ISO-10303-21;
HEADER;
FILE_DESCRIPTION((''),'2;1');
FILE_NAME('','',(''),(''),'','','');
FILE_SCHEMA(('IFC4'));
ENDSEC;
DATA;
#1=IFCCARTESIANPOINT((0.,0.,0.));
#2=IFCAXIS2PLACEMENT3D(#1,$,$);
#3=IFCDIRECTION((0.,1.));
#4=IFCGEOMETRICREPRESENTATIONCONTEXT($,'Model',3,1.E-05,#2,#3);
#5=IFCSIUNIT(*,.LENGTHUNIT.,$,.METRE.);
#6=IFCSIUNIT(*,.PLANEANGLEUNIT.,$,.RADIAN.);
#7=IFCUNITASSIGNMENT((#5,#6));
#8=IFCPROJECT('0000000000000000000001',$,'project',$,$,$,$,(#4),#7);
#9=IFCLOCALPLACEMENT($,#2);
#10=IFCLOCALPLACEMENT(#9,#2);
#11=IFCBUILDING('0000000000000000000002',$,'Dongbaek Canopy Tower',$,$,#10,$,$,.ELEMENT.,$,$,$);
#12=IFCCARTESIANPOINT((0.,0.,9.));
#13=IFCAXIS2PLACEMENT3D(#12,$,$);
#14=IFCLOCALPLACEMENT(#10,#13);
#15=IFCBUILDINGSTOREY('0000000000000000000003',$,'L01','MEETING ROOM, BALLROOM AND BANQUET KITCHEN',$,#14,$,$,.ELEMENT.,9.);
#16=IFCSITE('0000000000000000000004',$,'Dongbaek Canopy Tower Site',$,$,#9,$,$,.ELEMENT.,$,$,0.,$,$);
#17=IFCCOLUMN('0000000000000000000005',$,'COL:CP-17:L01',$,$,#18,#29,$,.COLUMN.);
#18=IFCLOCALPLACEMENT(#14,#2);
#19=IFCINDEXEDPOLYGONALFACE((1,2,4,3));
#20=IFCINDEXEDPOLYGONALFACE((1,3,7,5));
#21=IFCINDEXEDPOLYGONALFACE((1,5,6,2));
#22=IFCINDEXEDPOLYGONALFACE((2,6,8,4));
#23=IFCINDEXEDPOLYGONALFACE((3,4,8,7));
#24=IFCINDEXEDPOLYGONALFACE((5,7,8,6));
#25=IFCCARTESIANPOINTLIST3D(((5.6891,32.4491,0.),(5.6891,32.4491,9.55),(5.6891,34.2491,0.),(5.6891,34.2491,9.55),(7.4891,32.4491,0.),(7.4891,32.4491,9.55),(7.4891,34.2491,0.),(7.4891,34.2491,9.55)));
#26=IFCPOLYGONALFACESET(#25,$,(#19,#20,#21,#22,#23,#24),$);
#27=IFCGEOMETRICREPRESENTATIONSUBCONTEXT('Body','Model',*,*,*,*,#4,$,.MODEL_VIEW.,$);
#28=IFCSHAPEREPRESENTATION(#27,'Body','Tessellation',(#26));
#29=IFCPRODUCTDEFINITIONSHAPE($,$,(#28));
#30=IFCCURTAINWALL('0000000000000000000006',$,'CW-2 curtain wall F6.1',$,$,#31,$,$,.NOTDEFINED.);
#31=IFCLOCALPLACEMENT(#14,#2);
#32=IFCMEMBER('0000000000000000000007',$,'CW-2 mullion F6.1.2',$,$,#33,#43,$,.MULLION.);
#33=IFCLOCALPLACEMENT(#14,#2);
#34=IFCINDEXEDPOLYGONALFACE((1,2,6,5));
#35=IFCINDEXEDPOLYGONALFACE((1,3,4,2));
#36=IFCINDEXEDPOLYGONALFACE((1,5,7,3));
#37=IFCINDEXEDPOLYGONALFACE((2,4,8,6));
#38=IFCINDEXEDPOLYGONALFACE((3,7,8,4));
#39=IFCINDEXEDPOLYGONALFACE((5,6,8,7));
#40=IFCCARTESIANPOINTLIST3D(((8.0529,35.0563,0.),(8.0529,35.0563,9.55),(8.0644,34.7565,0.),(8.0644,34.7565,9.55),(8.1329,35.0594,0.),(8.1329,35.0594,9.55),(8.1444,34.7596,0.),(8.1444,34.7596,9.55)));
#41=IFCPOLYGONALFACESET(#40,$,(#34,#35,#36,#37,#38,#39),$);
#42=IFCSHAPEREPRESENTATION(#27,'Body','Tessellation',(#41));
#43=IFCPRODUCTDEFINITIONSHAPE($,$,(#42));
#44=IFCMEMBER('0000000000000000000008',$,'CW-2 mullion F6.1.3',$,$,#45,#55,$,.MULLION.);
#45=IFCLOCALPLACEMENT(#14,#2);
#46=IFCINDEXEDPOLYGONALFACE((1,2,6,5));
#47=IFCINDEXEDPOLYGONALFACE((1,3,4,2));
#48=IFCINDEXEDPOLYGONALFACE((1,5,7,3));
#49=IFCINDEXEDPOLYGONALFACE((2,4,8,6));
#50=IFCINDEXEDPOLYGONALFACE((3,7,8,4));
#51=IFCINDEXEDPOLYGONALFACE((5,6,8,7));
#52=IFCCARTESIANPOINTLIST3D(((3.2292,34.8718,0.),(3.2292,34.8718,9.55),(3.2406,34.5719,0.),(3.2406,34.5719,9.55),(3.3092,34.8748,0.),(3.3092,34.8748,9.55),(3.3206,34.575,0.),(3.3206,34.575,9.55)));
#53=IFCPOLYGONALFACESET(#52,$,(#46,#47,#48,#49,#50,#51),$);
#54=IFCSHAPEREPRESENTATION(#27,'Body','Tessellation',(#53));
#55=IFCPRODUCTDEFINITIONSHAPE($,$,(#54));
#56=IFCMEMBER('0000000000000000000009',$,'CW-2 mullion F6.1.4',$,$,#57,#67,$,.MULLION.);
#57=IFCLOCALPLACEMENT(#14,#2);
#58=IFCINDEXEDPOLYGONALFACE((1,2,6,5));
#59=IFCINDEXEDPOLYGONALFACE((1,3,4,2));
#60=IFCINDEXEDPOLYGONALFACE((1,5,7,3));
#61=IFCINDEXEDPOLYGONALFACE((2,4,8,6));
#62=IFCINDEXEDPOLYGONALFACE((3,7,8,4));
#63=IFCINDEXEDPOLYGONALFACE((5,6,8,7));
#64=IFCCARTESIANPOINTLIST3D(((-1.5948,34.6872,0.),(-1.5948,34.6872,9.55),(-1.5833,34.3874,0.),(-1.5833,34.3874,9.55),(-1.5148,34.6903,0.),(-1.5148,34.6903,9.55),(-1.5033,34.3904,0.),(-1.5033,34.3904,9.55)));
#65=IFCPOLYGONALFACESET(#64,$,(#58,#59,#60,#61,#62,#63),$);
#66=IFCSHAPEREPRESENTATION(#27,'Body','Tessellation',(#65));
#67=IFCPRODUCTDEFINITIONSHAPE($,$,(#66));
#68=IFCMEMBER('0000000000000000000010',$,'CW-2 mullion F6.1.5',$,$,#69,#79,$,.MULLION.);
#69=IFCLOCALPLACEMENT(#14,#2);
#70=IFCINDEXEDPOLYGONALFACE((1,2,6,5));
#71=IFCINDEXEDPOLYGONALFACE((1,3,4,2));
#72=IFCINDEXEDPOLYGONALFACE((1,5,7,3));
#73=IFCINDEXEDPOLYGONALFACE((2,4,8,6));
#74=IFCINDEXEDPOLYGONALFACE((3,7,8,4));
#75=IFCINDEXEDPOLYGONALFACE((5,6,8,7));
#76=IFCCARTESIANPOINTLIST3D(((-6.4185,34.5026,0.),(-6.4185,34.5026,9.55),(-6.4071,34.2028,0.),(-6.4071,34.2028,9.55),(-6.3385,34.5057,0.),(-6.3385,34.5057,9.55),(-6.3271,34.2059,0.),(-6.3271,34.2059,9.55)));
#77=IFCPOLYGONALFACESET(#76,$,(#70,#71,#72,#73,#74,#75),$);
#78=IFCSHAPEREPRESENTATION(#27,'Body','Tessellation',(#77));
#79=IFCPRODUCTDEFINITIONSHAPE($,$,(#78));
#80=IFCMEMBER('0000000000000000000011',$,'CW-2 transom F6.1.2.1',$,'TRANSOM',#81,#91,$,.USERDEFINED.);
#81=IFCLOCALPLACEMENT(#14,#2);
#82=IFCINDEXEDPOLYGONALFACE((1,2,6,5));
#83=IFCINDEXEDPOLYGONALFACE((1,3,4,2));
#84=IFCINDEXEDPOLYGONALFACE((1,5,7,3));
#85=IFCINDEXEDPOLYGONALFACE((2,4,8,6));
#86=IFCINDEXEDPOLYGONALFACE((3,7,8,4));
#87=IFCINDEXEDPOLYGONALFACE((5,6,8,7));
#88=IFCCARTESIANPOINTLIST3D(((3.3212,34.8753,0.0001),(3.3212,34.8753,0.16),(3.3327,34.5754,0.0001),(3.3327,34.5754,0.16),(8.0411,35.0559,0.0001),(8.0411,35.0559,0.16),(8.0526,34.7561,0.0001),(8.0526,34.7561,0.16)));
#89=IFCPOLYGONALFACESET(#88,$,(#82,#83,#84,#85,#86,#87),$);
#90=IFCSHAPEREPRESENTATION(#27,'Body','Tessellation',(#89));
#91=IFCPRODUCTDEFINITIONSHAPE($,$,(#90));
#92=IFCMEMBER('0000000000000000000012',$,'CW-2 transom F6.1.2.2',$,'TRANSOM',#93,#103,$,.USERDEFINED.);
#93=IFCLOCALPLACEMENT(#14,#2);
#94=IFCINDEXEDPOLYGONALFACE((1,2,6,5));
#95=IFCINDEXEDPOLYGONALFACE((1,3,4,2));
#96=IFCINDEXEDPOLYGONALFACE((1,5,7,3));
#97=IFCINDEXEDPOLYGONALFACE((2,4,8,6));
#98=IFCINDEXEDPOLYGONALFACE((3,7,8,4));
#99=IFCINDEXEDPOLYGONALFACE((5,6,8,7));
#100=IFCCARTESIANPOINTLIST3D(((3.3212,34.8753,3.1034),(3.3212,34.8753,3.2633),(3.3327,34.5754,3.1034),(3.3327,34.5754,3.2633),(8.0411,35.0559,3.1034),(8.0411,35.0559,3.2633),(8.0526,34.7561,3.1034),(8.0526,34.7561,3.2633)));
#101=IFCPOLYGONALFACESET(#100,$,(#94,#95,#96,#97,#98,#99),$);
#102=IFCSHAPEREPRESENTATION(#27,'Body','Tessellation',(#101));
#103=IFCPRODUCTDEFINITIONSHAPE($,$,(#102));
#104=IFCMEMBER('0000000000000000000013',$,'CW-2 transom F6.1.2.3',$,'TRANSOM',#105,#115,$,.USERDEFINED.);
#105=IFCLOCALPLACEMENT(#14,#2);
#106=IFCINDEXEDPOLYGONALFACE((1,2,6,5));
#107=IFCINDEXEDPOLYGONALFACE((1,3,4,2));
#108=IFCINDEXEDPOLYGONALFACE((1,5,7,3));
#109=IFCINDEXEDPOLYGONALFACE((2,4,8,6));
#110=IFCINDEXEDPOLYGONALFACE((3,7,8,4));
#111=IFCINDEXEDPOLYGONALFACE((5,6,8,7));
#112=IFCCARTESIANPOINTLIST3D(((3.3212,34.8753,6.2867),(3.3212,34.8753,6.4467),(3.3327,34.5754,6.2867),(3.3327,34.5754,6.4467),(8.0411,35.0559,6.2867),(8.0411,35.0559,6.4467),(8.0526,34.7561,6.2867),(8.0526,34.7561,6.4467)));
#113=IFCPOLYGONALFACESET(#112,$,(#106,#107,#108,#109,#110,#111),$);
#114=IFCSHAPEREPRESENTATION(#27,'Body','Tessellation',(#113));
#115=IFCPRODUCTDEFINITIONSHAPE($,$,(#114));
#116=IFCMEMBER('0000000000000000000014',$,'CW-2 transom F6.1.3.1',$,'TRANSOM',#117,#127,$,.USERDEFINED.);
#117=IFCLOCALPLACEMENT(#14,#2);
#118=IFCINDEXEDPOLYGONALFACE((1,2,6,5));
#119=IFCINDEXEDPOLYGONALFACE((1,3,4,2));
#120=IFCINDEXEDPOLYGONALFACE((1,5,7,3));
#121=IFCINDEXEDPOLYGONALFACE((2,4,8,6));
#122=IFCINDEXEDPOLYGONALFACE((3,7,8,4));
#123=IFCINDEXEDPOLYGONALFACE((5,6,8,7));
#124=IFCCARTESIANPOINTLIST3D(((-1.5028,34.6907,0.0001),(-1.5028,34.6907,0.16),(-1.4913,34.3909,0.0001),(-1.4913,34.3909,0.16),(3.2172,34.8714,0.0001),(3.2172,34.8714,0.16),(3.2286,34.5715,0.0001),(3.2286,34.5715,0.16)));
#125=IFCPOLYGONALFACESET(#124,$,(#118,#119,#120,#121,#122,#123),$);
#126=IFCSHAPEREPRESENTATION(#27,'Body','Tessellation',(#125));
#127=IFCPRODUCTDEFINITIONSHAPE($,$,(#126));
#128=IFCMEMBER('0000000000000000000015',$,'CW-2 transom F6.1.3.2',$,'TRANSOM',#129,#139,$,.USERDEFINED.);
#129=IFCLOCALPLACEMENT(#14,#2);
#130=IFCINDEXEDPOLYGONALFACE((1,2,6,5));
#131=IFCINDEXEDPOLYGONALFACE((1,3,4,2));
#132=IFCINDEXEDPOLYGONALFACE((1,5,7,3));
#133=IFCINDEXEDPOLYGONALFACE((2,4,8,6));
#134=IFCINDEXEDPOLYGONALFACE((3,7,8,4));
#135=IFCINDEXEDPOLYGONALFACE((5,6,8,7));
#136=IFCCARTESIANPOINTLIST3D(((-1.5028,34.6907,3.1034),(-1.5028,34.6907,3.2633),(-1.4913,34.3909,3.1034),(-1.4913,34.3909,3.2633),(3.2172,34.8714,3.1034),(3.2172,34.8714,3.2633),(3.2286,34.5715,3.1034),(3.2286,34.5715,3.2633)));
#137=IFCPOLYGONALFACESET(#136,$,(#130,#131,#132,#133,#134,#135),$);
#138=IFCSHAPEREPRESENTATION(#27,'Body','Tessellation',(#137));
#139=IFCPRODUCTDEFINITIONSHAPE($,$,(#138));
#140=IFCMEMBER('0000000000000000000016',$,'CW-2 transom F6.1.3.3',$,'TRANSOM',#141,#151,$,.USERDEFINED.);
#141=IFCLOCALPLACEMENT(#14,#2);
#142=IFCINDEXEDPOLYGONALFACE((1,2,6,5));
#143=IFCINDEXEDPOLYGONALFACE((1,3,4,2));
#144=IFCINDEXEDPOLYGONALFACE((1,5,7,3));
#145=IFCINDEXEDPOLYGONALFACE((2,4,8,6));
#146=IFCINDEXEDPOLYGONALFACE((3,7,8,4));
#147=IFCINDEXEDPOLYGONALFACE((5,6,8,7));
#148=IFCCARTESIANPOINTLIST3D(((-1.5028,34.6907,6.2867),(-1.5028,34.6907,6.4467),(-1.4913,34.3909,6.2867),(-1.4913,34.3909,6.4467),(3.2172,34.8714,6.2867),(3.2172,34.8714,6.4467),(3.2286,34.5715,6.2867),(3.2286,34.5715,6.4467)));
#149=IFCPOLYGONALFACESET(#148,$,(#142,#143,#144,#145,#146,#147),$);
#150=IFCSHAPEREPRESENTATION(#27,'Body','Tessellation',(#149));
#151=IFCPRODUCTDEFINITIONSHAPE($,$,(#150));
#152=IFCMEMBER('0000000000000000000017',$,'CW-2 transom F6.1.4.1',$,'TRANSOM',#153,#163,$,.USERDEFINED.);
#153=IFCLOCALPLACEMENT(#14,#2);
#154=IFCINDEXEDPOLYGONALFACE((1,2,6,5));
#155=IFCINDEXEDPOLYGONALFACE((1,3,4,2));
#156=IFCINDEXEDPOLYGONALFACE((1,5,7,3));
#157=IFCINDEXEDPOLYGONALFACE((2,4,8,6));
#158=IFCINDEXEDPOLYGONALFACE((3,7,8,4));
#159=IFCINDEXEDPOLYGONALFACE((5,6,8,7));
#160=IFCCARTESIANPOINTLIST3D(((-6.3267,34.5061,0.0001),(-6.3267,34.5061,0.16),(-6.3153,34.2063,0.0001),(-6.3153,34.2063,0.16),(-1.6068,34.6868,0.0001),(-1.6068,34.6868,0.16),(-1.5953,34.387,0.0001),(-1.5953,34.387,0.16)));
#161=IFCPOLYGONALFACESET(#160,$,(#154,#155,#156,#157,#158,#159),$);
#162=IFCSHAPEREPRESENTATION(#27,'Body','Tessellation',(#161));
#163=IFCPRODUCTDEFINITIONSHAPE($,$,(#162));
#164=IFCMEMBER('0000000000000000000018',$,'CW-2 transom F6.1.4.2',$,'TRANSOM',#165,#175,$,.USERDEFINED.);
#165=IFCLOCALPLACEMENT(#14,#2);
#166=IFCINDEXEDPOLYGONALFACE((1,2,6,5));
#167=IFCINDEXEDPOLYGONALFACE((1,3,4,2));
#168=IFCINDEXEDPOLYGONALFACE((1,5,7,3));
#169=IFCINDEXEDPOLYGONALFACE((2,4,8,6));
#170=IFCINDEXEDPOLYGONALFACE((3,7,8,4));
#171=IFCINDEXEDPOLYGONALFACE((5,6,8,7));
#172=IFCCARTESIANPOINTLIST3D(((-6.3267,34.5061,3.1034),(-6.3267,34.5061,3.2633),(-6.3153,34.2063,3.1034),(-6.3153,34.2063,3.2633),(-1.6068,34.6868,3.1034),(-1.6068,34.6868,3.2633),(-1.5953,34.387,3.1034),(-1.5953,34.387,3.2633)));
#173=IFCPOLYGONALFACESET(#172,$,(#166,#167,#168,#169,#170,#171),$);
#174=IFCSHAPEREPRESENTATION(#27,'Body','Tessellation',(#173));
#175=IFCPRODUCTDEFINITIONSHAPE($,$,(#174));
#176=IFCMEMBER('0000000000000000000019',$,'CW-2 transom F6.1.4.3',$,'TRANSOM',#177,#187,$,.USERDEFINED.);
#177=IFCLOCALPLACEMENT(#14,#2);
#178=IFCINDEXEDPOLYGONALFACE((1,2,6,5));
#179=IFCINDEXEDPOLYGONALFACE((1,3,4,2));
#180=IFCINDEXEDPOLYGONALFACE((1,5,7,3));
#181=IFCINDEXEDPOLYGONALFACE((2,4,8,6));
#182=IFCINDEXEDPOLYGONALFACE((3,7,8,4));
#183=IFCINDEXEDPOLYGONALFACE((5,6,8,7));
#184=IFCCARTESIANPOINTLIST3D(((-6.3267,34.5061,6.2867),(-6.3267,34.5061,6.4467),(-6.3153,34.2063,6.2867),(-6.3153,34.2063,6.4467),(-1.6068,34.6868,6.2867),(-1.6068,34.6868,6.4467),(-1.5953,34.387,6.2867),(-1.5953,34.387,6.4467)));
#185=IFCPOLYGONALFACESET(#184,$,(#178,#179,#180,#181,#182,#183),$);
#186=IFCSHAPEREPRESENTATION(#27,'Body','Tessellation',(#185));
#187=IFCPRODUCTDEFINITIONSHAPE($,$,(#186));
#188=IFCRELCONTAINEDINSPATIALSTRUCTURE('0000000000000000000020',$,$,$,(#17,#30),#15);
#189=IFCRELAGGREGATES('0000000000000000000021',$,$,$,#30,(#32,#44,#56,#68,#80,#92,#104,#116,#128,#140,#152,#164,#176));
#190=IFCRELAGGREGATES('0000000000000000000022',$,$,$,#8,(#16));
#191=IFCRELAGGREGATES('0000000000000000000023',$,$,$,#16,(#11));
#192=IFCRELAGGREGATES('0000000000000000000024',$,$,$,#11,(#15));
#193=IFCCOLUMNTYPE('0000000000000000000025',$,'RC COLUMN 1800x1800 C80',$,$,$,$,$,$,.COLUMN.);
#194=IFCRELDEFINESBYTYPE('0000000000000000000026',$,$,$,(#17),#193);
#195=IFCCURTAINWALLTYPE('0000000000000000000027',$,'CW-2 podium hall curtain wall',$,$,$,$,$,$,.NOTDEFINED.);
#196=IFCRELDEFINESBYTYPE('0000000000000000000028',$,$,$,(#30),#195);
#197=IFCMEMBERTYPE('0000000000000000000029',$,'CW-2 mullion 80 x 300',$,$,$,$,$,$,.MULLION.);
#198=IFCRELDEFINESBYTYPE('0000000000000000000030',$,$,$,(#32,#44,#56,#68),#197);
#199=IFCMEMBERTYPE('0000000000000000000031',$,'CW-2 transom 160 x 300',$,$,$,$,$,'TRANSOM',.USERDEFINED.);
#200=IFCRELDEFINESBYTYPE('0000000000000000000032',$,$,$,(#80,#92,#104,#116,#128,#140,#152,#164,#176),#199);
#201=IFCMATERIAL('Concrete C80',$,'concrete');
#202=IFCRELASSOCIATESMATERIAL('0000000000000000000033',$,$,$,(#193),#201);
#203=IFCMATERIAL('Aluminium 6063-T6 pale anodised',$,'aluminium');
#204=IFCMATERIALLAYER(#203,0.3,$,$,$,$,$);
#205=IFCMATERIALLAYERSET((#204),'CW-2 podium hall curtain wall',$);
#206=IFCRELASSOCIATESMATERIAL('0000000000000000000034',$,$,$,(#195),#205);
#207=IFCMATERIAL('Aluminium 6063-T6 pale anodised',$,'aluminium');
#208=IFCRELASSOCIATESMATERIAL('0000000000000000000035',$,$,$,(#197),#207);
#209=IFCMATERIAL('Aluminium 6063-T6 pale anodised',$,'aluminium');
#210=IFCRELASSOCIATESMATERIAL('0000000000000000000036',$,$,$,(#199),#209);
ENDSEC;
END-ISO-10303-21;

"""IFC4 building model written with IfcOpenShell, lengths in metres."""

from ifc_helpers import new_model, si_unit, direction, frame, origin, origin_2d, place, context, subcontext, project, spatial, rectangle, extrude, material, layer, layer_set, material_profile, profile_set, type_object, element, aggregate, save


model = new_model("IFC4")

# Units and contexts
model_context = context("Model", 3, precision=1e-05, world=origin(), true_north=direction((0.0, 1.0)))
body_context = subcontext(model_context, "Body", "Model", "MODEL_VIEW")
ifc_project = project(units=[si_unit("LENGTHUNIT", "METRE"), si_unit("PLANEANGLEUNIT", "RADIAN")], contexts=[model_context])

# Site, building, storey
site_placement = place(None, origin())
site = spatial("IfcSite", under=ifc_project, at=site_placement, Name="Dongbaek Canopy Tower Site", CompositionType="ELEMENT", RefElevation=0.0)
building_placement = place(site_placement, origin())
building = spatial("IfcBuilding", under=site, at=building_placement, Name="Dongbaek Canopy Tower", CompositionType="ELEMENT")
storey_placement = place(building_placement, frame((0.0, 0.0, 9.0)))
storey = spatial("IfcBuildingStorey", under=building, at=storey_placement, Name="L01", Description="MEETING ROOM, BALLROOM AND BANQUET KITCHEN", CompositionType="ELEMENT", Elevation=9.0)

# Column
ifc_material_1 = material(Name="Concrete C80", Category="concrete")
ifc_material_profile_1 = material_profile(ifc_material_1, rectangle(XDim=1.8, YDim=1.8, at=origin_2d()), Name="RC COLUMN 1800x1800 C80")
ifc_profile_set_1 = profile_set([ifc_material_profile_1], Name="Concrete C80")
column_type = type_object("IfcColumnType", Name="RC COLUMN 1800x1800 C80", PredefinedType="COLUMN", material=ifc_profile_set_1)
column_placement = place(storey_placement, frame((6.5891, 33.3491, 0.0), z_axis=(0.0, 0.0, 1.0), x_axis=(1.0, 0.0, 0.0)))
element("IfcColumn", 1, at=column_placement, inside=storey, type_object=column_type, Name="COL:CP-17:L01", PredefinedType="COLUMN", context=body_context, shape_type="SweptSolid", body=[
    extrude(rectangle(XDim=1.8, YDim=1.8, at=origin_2d()), origin(), (0.0, 0.0, 1.0), 9.55),
])

# Curtain wall, members
ifc_material_2 = material(Name="Aluminium 6063-T6 pale anodised", Category="aluminium")
ifc_layer_1 = layer(ifc_material_2, 0.3)
ifc_layer_set_1 = layer_set([ifc_layer_1], Name="CW-2 podium hall curtain wall")
curtain_wall_type = type_object("IfcCurtainWallType", Name="CW-2 podium hall curtain wall", PredefinedType="NOTDEFINED", material=ifc_layer_set_1)
curtain_wall_placement = place(storey_placement, origin())
curtain_wall = element("IfcCurtainWall", 2, at=curtain_wall_placement, inside=storey, type_object=curtain_wall_type, Name="CW-2 curtain wall F6.1", PredefinedType="NOTDEFINED")
ifc_material_3 = material(Name="Aluminium 6063-T6 pale anodised", Category="aluminium")
ifc_material_profile_2 = material_profile(ifc_material_3, rectangle(XDim=0.3, YDim=0.0801, at=origin_2d()), Name="CW-2 mullion 80 x 300")
ifc_profile_set_2 = profile_set([ifc_material_profile_2], Name="Aluminium 6063-T6 pale anodised")
member_type_1 = type_object("IfcMemberType", Name="CW-2 mullion 80 x 300", PredefinedType="MULLION", material=ifc_profile_set_2)
member_1_placement = place(storey_placement, frame((8.0986, 34.908, 0.0), z_axis=(0.0, 0.0, 1.0), x_axis=(-0.038232, 0.999269, 0.0)))
member_1 = element("IfcMember", 3, at=member_1_placement, type_object=member_type_1, Name="CW-2 mullion F6.1.2", PredefinedType="MULLION", context=body_context, shape_type="SweptSolid", body=[
    extrude(rectangle(XDim=0.3, YDim=0.0801, at=origin_2d()), origin(), (0.0, 0.0, 1.0), 9.55),
])
member_2_placement = place(storey_placement, frame((3.2749, 34.7234, 0.0), z_axis=(0.0, 0.0, 1.0), x_axis=(-0.038232, 0.999269, 0.0)))
member_2 = element("IfcMember", 4, at=member_2_placement, type_object=member_type_1, Name="CW-2 mullion F6.1.3", PredefinedType="MULLION", context=body_context, shape_type="SweptSolid", body=[
    extrude(rectangle(XDim=0.3, YDim=0.0801, at=origin_2d()), origin(), (0.0, 0.0, 1.0), 9.55),
])
member_3_placement = place(storey_placement, frame((-1.5491, 34.5388, 0.0), z_axis=(0.0, 0.0, 1.0), x_axis=(-0.038232, 0.999269, 0.0)))
member_3 = element("IfcMember", 5, at=member_3_placement, type_object=member_type_1, Name="CW-2 mullion F6.1.4", PredefinedType="MULLION", context=body_context, shape_type="SweptSolid", body=[
    extrude(rectangle(XDim=0.3, YDim=0.0801, at=origin_2d()), origin(), (0.0, 0.0, 1.0), 9.55),
])
member_4_placement = place(storey_placement, frame((-6.3728, 34.3542, 0.0), z_axis=(0.0, 0.0, 1.0), x_axis=(-0.038232, 0.999269, 0.0)))
member_4 = element("IfcMember", 6, at=member_4_placement, type_object=member_type_1, Name="CW-2 mullion F6.1.5", PredefinedType="MULLION", context=body_context, shape_type="SweptSolid", body=[
    extrude(rectangle(XDim=0.3, YDim=0.0801, at=origin_2d()), origin(), (0.0, 0.0, 1.0), 9.55),
])
ifc_material_4 = material(Name="Aluminium 6063-T6 pale anodised", Category="aluminium")
ifc_material_profile_3 = material_profile(ifc_material_4, rectangle(XDim=0.3, YDim=0.1599, at=origin_2d()), Name="CW-2 transom 160 x 300")
ifc_profile_set_3 = profile_set([ifc_material_profile_3], Name="Aluminium 6063-T6 pale anodised")
member_type_2 = type_object("IfcMemberType", Name="CW-2 transom 160 x 300", ElementType="TRANSOM", PredefinedType="USERDEFINED", material=ifc_profile_set_3)
member_5_placement = place(storey_placement, frame((8.0469, 34.906, 0.0801), z_axis=(-0.999268, -0.038249, 0.0), x_axis=(0.038249, -0.999268, 0.0)))
member_5 = element("IfcMember", 7, at=member_5_placement, type_object=member_type_2, Name="CW-2 transom F6.1.2.1", ObjectType="TRANSOM", PredefinedType="USERDEFINED", context=body_context, shape_type="SweptSolid", body=[
    extrude(rectangle(XDim=0.3, YDim=0.1599, at=origin_2d()), origin(), (0.0, 0.0, 1.0), 4.7234),
])
member_6_placement = place(storey_placement, frame((8.0469, 34.906, 3.1833), z_axis=(-0.999268, -0.038249, 0.0), x_axis=(0.038249, -0.999268, 0.0)))
member_6 = element("IfcMember", 8, at=member_6_placement, type_object=member_type_2, Name="CW-2 transom F6.1.2.2", ObjectType="TRANSOM", PredefinedType="USERDEFINED", context=body_context, shape_type="SweptSolid", body=[
    extrude(rectangle(XDim=0.3, YDim=0.1599, at=origin_2d()), origin(), (0.0, 0.0, 1.0), 4.7234),
])
member_7_placement = place(storey_placement, frame((8.0469, 34.906, 6.3667), z_axis=(-0.999268, -0.038249, 0.0), x_axis=(0.038249, -0.999268, 0.0)))
member_7 = element("IfcMember", 9, at=member_7_placement, type_object=member_type_2, Name="CW-2 transom F6.1.2.3", ObjectType="TRANSOM", PredefinedType="USERDEFINED", context=body_context, shape_type="SweptSolid", body=[
    extrude(rectangle(XDim=0.3, YDim=0.1599, at=origin_2d()), origin(), (0.0, 0.0, 1.0), 4.7234),
])
member_8_placement = place(storey_placement, frame((3.2229, 34.7214, 0.0801), z_axis=(-0.999268, -0.038249, 0.0), x_axis=(0.038249, -0.999268, 0.0)))
member_8 = element("IfcMember", 10, at=member_8_placement, type_object=member_type_2, Name="CW-2 transom F6.1.3.1", ObjectType="TRANSOM", PredefinedType="USERDEFINED", context=body_context, shape_type="SweptSolid", body=[
    extrude(rectangle(XDim=0.3, YDim=0.1599, at=origin_2d()), origin(), (0.0, 0.0, 1.0), 4.7234),
])
member_9_placement = place(storey_placement, frame((3.2229, 34.7214, 3.1833), z_axis=(-0.999268, -0.038249, 0.0), x_axis=(0.038249, -0.999268, 0.0)))
member_9 = element("IfcMember", 11, at=member_9_placement, type_object=member_type_2, Name="CW-2 transom F6.1.3.2", ObjectType="TRANSOM", PredefinedType="USERDEFINED", context=body_context, shape_type="SweptSolid", body=[
    extrude(rectangle(XDim=0.3, YDim=0.1599, at=origin_2d()), origin(), (0.0, 0.0, 1.0), 4.7234),
])
member_10_placement = place(storey_placement, frame((3.2229, 34.7214, 6.3667), z_axis=(-0.999268, -0.038249, 0.0), x_axis=(0.038249, -0.999268, 0.0)))
member_10 = element("IfcMember", 12, at=member_10_placement, type_object=member_type_2, Name="CW-2 transom F6.1.3.3", ObjectType="TRANSOM", PredefinedType="USERDEFINED", context=body_context, shape_type="SweptSolid", body=[
    extrude(rectangle(XDim=0.3, YDim=0.1599, at=origin_2d()), origin(), (0.0, 0.0, 1.0), 4.7234),
])
member_11_placement = place(storey_placement, frame((-1.6011, 34.5369, 0.0801), z_axis=(-0.999268, -0.038249, 0.0), x_axis=(0.038249, -0.999268, 0.0)))
member_11 = element("IfcMember", 13, at=member_11_placement, type_object=member_type_2, Name="CW-2 transom F6.1.4.1", ObjectType="TRANSOM", PredefinedType="USERDEFINED", context=body_context, shape_type="SweptSolid", body=[
    extrude(rectangle(XDim=0.3, YDim=0.1599, at=origin_2d()), origin(), (0.0, 0.0, 1.0), 4.7234),
])
member_12_placement = place(storey_placement, frame((-1.6011, 34.5369, 3.1833), z_axis=(-0.999268, -0.038249, 0.0), x_axis=(0.038249, -0.999268, 0.0)))
member_12 = element("IfcMember", 14, at=member_12_placement, type_object=member_type_2, Name="CW-2 transom F6.1.4.2", ObjectType="TRANSOM", PredefinedType="USERDEFINED", context=body_context, shape_type="SweptSolid", body=[
    extrude(rectangle(XDim=0.3, YDim=0.1599, at=origin_2d()), origin(), (0.0, 0.0, 1.0), 4.7234),
])
member_13_placement = place(storey_placement, frame((-1.6011, 34.5369, 6.3667), z_axis=(-0.999268, -0.038249, 0.0), x_axis=(0.038249, -0.999268, 0.0)))
member_13 = element("IfcMember", 15, at=member_13_placement, type_object=member_type_2, Name="CW-2 transom F6.1.4.3", ObjectType="TRANSOM", PredefinedType="USERDEFINED", context=body_context, shape_type="SweptSolid", body=[
    extrude(rectangle(XDim=0.3, YDim=0.1599, at=origin_2d()), origin(), (0.0, 0.0, 1.0), 4.7234),
])
aggregate(curtain_wall, [member_1, member_2, member_3, member_4, member_5, member_6, member_7, member_8, member_9, member_10, member_11, member_12, member_13])

save(model, "model.ifc")
